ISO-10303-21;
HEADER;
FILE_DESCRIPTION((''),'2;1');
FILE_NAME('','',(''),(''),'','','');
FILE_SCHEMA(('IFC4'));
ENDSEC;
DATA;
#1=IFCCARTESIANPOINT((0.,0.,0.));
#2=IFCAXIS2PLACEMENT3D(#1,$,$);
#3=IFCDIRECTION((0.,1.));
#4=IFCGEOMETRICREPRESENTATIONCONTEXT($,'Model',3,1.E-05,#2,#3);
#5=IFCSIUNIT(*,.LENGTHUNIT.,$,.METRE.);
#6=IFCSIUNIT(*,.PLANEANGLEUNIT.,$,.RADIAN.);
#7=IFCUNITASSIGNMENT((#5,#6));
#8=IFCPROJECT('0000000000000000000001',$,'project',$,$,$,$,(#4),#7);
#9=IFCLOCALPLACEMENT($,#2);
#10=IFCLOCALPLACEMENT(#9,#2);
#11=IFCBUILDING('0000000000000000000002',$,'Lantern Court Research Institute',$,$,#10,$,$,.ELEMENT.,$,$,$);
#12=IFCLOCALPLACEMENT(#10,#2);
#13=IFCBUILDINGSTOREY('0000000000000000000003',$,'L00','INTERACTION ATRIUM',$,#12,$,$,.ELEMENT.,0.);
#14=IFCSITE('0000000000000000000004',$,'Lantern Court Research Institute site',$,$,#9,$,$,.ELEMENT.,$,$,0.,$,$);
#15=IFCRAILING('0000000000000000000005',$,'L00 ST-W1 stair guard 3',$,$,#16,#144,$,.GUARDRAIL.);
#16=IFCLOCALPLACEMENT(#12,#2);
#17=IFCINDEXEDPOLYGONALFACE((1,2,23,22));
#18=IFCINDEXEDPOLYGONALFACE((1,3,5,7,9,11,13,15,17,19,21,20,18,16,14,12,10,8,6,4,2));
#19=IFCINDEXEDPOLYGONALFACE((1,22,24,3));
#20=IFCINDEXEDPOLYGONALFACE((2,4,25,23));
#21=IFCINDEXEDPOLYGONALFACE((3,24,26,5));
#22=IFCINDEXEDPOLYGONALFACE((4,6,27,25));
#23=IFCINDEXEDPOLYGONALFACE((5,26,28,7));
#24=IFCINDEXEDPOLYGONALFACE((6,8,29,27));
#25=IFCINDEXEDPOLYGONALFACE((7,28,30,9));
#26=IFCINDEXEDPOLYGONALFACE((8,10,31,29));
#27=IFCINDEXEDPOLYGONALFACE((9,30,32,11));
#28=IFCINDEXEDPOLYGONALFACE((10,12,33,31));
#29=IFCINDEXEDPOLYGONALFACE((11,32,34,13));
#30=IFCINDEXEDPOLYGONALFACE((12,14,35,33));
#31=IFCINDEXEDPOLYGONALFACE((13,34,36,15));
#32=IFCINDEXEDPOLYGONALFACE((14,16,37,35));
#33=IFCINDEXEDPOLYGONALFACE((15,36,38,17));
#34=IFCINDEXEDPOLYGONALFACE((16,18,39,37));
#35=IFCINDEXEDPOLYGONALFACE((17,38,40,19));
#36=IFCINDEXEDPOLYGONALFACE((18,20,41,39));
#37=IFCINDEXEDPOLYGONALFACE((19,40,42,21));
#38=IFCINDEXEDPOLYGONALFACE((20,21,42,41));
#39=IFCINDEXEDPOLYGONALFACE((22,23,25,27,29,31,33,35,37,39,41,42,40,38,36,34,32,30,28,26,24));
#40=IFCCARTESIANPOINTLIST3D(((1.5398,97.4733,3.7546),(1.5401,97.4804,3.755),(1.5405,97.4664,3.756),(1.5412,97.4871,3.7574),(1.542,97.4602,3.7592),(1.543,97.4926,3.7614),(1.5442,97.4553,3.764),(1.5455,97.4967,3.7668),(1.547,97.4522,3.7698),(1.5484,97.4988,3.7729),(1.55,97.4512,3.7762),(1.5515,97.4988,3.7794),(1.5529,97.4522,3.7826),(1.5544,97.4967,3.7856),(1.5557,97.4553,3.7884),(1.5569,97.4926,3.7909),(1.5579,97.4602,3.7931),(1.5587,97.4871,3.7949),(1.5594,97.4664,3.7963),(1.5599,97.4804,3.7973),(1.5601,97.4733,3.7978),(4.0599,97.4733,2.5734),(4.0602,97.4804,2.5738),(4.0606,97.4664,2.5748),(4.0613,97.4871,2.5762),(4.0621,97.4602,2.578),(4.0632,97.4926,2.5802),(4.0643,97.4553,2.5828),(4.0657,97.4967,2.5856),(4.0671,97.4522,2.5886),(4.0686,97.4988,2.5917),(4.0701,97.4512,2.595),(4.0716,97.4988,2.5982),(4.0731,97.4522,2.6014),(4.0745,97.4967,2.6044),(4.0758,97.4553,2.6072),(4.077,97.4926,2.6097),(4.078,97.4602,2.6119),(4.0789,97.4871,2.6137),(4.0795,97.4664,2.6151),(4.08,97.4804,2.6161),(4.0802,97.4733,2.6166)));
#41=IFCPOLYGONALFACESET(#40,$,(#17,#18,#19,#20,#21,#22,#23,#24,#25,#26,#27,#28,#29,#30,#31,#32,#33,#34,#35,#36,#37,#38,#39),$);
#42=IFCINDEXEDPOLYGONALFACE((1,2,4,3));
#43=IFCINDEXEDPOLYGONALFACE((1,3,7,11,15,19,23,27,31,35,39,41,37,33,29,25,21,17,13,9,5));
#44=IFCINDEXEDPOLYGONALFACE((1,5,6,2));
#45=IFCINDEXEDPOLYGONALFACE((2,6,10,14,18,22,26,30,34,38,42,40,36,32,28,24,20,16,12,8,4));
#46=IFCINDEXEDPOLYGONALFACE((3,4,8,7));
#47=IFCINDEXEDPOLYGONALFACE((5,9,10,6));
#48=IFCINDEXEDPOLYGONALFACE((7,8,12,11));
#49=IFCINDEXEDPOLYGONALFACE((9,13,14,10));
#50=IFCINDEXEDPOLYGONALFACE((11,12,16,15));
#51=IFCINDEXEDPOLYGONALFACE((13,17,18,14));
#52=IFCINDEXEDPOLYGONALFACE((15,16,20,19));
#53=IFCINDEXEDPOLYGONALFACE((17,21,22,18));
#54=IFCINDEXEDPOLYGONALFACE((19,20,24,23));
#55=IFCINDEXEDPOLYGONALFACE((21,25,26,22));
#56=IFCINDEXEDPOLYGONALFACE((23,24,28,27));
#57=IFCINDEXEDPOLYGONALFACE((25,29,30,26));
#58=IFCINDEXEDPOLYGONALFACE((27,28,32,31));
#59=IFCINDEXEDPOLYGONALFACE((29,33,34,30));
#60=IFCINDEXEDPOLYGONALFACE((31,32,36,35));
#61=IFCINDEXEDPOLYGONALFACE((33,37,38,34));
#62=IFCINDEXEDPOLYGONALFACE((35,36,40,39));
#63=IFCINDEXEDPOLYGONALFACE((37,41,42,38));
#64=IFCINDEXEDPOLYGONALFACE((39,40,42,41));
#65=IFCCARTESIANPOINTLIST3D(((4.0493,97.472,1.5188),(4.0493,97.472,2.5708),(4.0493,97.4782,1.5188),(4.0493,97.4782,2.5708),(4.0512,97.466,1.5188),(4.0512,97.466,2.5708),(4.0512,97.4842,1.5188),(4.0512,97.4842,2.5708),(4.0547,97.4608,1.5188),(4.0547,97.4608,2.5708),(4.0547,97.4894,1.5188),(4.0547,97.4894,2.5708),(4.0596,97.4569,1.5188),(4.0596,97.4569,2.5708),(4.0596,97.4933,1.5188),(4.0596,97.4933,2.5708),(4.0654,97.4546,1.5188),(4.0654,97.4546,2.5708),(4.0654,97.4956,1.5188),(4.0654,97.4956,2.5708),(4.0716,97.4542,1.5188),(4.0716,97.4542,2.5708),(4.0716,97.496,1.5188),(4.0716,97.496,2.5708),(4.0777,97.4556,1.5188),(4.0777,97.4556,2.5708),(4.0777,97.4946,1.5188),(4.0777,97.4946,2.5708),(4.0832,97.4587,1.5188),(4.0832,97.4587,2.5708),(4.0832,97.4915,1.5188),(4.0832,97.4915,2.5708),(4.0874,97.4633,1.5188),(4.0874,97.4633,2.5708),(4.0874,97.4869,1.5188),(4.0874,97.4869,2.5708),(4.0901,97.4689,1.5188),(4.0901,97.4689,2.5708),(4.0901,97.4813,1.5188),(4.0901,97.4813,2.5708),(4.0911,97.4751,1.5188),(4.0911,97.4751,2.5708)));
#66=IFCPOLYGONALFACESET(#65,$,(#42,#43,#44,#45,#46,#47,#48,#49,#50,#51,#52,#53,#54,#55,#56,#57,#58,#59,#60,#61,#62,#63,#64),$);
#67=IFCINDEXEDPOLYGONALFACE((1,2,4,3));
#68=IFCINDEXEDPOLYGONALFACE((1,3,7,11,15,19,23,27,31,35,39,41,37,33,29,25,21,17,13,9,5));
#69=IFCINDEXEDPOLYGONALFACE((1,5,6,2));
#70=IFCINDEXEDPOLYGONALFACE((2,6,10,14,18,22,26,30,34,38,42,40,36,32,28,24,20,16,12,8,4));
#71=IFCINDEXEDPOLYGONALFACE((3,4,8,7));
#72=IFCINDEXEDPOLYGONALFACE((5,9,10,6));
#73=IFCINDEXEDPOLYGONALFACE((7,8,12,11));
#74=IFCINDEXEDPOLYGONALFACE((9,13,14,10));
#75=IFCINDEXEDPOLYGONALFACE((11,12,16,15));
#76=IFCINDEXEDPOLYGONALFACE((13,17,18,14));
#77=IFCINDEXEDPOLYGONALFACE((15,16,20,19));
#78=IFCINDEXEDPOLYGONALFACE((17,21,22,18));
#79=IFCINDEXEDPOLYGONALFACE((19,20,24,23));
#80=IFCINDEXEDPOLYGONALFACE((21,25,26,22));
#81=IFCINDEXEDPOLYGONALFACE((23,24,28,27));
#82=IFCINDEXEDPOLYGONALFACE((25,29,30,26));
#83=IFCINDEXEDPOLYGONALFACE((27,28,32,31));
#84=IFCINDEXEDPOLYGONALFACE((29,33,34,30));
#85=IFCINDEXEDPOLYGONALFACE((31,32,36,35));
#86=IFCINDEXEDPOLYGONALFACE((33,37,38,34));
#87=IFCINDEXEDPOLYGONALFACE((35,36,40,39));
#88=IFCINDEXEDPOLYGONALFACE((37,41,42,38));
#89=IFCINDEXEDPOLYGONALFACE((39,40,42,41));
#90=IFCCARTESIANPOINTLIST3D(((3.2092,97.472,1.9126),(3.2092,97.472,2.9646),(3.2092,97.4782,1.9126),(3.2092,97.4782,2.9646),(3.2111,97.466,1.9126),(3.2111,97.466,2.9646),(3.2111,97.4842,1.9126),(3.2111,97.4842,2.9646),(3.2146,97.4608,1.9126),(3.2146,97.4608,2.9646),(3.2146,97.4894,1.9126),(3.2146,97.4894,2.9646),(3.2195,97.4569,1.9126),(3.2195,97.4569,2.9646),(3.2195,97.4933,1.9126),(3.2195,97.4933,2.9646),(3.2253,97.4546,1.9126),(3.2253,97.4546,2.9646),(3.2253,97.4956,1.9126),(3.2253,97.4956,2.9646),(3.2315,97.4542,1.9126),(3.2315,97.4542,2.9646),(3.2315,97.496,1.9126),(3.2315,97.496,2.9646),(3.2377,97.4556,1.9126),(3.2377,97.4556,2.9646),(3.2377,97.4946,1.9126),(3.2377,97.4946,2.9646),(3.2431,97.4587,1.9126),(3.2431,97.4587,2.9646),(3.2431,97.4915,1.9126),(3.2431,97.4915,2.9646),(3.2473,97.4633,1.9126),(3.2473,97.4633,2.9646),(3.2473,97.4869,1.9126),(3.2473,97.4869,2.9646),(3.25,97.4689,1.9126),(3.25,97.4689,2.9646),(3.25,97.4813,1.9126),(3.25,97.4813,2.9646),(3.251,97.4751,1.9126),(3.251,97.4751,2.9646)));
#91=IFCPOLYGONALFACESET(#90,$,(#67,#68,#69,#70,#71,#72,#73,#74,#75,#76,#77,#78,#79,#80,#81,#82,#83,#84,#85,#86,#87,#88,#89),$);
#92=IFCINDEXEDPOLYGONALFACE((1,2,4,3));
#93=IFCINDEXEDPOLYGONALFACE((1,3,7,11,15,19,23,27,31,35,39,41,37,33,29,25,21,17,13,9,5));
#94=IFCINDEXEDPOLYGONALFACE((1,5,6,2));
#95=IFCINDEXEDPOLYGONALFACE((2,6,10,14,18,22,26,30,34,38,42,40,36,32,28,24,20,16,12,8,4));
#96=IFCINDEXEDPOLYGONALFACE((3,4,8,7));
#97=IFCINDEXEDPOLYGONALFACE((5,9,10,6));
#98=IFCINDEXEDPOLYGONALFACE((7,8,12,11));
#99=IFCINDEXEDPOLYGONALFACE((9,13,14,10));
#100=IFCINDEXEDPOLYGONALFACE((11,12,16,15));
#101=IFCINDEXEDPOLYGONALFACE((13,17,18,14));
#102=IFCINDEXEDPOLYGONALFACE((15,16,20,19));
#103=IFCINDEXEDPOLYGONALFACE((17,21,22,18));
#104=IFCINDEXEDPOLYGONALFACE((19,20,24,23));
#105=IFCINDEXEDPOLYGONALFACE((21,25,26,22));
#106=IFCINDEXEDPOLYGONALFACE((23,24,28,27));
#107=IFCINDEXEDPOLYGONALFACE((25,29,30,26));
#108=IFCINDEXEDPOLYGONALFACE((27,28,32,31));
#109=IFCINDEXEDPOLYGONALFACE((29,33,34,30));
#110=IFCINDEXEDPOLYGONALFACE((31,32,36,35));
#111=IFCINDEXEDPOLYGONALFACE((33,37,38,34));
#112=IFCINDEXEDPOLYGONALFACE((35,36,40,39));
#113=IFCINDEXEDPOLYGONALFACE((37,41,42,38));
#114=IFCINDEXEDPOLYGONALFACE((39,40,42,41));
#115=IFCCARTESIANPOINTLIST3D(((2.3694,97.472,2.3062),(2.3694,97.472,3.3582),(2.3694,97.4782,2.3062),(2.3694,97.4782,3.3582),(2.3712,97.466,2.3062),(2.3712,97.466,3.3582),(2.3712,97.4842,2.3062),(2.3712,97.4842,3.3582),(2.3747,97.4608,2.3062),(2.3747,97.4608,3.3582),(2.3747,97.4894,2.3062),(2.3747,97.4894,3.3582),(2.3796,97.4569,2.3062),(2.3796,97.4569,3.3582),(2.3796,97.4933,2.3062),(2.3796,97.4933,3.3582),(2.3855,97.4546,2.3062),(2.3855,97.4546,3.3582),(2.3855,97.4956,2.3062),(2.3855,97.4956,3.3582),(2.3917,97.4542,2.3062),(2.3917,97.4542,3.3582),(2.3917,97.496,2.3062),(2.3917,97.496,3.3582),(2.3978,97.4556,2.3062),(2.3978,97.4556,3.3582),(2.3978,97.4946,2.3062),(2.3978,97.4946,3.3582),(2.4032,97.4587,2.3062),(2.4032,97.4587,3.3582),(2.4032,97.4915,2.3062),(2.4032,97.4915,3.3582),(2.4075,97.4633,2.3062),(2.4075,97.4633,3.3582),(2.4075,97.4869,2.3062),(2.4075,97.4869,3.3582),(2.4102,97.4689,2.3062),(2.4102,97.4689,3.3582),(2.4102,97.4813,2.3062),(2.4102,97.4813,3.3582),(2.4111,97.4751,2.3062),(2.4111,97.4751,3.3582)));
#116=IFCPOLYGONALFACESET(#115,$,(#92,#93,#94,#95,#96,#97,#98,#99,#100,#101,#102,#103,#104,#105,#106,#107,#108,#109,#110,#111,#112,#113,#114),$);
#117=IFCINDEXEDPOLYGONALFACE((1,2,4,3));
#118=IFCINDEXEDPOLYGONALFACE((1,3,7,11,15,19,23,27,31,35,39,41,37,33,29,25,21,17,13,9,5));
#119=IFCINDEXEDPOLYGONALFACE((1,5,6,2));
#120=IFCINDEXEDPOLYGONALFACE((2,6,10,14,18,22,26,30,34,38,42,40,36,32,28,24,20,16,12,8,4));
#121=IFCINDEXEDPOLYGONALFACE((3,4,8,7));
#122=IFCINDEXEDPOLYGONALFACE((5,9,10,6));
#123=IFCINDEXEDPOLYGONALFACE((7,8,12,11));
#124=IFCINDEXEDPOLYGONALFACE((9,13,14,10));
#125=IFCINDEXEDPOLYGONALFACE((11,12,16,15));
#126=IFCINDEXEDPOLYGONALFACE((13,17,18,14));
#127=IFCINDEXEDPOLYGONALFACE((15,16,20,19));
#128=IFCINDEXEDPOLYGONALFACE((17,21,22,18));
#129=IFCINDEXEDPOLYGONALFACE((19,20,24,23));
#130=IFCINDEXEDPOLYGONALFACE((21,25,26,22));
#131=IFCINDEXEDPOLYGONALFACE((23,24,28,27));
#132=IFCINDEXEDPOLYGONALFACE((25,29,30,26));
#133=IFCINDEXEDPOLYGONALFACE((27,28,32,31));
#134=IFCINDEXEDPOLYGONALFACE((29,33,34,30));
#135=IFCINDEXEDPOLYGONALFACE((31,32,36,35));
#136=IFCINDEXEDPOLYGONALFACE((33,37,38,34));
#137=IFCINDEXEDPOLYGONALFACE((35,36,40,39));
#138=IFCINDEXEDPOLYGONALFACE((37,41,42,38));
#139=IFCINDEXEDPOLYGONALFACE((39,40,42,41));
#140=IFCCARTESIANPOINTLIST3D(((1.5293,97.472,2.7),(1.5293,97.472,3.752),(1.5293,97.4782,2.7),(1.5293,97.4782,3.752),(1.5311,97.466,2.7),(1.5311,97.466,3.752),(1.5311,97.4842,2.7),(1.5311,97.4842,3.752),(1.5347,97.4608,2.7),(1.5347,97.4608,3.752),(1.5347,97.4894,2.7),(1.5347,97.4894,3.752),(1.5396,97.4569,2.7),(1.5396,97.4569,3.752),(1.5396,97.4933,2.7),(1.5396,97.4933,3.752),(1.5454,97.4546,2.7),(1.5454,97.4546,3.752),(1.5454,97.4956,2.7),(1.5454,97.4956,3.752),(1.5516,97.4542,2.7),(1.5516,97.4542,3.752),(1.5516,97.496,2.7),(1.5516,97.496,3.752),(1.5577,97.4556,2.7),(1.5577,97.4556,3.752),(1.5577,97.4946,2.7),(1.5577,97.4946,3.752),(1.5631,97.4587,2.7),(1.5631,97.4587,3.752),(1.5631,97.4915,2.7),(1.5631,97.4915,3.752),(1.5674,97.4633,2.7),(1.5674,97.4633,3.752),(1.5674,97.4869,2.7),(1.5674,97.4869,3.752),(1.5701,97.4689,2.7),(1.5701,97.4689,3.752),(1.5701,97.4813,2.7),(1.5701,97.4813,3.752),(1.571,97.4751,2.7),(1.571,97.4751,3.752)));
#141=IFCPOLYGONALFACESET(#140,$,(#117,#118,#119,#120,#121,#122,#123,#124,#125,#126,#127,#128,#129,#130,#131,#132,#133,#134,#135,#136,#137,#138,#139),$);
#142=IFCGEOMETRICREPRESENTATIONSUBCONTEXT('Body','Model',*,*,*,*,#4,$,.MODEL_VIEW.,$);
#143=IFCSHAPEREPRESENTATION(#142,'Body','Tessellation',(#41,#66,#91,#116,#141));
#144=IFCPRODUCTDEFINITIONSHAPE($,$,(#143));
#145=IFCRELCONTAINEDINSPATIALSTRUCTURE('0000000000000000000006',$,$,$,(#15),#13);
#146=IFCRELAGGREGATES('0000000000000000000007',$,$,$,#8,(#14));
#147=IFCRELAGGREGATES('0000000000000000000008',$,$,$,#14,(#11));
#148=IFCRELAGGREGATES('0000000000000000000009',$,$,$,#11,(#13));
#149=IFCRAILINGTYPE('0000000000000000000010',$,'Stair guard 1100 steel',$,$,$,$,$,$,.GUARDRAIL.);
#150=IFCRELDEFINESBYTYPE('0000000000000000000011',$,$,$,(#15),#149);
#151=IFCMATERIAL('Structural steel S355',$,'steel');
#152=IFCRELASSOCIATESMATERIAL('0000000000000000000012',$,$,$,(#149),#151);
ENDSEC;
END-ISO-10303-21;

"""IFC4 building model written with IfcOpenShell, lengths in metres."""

from ifc_helpers import new_model, si_unit, direction, frame, origin, origin_2d, place, context, subcontext, project, spatial, circle, extrude, material, type_object, element, save


model = new_model("IFC4")

# Units and contexts
model_context = context("Model", 3, precision=1e-05, world=origin(), true_north=direction((0.0, 1.0)))
body_context = subcontext(model_context, "Body", "Model", "MODEL_VIEW")
ifc_project = project(units=[si_unit("LENGTHUNIT", "METRE"), si_unit("PLANEANGLEUNIT", "RADIAN")], contexts=[model_context])

# Site, building, storey
site_placement = place(None, origin())
site = spatial("IfcSite", under=ifc_project, at=site_placement, Name="Lantern Court Research Institute site", CompositionType="ELEMENT", RefElevation=0.0)
building_placement = place(site_placement, origin())
building = spatial("IfcBuilding", under=site, at=building_placement, Name="Lantern Court Research Institute", CompositionType="ELEMENT")
storey_placement = place(building_placement, origin())
storey = spatial("IfcBuildingStorey", under=building, at=storey_placement, Name="L00", Description="INTERACTION ATRIUM", CompositionType="ELEMENT", Elevation=0.0)

# Railing
ifc_material_1 = material(Name="Structural steel S355", Category="steel")
railing_type_1 = type_object("IfcRailingType", Name="Stair guard 1100 steel", PredefinedType="GUARDRAIL", material=ifc_material_1)
railing_1_placement = place(storey_placement, frame((4.0701, 97.4751, 1.5188)))
element("IfcRailing", 1, at=railing_1_placement, inside=storey, type_object=railing_type_1, Name="L00 ST-W1 stair guard 3", PredefinedType="GUARDRAIL", context=body_context, shape_type="SweptSolid", body=[
    extrude(circle(Radius=0.0239, at=origin_2d()), frame((0.0, 0.0, 1.0762), z_axis=(-0.905474, 0.0, 0.424402), x_axis=(0.0, -1.0, 0.0)), (0.0, 0.0, 1.0), 2.7832),
    extrude(circle(Radius=0.021, at=origin_2d()), origin(), (0.0, 0.0, 1.0), 1.052),
    extrude(circle(Radius=0.021, at=origin_2d()), frame((-0.8401, 0.0, 0.3938)), (0.0, 0.0, 1.0), 1.052),
    extrude(circle(Radius=0.021, at=origin_2d()), frame((-1.6799, 0.0, 0.7874)), (0.0, 0.0, 1.0), 1.052),
    extrude(circle(Radius=0.021, at=origin_2d()), frame((-2.52, 0.0, 1.1812)), (0.0, 0.0, 1.0), 1.052),
])

save(model, "model.ifc")
